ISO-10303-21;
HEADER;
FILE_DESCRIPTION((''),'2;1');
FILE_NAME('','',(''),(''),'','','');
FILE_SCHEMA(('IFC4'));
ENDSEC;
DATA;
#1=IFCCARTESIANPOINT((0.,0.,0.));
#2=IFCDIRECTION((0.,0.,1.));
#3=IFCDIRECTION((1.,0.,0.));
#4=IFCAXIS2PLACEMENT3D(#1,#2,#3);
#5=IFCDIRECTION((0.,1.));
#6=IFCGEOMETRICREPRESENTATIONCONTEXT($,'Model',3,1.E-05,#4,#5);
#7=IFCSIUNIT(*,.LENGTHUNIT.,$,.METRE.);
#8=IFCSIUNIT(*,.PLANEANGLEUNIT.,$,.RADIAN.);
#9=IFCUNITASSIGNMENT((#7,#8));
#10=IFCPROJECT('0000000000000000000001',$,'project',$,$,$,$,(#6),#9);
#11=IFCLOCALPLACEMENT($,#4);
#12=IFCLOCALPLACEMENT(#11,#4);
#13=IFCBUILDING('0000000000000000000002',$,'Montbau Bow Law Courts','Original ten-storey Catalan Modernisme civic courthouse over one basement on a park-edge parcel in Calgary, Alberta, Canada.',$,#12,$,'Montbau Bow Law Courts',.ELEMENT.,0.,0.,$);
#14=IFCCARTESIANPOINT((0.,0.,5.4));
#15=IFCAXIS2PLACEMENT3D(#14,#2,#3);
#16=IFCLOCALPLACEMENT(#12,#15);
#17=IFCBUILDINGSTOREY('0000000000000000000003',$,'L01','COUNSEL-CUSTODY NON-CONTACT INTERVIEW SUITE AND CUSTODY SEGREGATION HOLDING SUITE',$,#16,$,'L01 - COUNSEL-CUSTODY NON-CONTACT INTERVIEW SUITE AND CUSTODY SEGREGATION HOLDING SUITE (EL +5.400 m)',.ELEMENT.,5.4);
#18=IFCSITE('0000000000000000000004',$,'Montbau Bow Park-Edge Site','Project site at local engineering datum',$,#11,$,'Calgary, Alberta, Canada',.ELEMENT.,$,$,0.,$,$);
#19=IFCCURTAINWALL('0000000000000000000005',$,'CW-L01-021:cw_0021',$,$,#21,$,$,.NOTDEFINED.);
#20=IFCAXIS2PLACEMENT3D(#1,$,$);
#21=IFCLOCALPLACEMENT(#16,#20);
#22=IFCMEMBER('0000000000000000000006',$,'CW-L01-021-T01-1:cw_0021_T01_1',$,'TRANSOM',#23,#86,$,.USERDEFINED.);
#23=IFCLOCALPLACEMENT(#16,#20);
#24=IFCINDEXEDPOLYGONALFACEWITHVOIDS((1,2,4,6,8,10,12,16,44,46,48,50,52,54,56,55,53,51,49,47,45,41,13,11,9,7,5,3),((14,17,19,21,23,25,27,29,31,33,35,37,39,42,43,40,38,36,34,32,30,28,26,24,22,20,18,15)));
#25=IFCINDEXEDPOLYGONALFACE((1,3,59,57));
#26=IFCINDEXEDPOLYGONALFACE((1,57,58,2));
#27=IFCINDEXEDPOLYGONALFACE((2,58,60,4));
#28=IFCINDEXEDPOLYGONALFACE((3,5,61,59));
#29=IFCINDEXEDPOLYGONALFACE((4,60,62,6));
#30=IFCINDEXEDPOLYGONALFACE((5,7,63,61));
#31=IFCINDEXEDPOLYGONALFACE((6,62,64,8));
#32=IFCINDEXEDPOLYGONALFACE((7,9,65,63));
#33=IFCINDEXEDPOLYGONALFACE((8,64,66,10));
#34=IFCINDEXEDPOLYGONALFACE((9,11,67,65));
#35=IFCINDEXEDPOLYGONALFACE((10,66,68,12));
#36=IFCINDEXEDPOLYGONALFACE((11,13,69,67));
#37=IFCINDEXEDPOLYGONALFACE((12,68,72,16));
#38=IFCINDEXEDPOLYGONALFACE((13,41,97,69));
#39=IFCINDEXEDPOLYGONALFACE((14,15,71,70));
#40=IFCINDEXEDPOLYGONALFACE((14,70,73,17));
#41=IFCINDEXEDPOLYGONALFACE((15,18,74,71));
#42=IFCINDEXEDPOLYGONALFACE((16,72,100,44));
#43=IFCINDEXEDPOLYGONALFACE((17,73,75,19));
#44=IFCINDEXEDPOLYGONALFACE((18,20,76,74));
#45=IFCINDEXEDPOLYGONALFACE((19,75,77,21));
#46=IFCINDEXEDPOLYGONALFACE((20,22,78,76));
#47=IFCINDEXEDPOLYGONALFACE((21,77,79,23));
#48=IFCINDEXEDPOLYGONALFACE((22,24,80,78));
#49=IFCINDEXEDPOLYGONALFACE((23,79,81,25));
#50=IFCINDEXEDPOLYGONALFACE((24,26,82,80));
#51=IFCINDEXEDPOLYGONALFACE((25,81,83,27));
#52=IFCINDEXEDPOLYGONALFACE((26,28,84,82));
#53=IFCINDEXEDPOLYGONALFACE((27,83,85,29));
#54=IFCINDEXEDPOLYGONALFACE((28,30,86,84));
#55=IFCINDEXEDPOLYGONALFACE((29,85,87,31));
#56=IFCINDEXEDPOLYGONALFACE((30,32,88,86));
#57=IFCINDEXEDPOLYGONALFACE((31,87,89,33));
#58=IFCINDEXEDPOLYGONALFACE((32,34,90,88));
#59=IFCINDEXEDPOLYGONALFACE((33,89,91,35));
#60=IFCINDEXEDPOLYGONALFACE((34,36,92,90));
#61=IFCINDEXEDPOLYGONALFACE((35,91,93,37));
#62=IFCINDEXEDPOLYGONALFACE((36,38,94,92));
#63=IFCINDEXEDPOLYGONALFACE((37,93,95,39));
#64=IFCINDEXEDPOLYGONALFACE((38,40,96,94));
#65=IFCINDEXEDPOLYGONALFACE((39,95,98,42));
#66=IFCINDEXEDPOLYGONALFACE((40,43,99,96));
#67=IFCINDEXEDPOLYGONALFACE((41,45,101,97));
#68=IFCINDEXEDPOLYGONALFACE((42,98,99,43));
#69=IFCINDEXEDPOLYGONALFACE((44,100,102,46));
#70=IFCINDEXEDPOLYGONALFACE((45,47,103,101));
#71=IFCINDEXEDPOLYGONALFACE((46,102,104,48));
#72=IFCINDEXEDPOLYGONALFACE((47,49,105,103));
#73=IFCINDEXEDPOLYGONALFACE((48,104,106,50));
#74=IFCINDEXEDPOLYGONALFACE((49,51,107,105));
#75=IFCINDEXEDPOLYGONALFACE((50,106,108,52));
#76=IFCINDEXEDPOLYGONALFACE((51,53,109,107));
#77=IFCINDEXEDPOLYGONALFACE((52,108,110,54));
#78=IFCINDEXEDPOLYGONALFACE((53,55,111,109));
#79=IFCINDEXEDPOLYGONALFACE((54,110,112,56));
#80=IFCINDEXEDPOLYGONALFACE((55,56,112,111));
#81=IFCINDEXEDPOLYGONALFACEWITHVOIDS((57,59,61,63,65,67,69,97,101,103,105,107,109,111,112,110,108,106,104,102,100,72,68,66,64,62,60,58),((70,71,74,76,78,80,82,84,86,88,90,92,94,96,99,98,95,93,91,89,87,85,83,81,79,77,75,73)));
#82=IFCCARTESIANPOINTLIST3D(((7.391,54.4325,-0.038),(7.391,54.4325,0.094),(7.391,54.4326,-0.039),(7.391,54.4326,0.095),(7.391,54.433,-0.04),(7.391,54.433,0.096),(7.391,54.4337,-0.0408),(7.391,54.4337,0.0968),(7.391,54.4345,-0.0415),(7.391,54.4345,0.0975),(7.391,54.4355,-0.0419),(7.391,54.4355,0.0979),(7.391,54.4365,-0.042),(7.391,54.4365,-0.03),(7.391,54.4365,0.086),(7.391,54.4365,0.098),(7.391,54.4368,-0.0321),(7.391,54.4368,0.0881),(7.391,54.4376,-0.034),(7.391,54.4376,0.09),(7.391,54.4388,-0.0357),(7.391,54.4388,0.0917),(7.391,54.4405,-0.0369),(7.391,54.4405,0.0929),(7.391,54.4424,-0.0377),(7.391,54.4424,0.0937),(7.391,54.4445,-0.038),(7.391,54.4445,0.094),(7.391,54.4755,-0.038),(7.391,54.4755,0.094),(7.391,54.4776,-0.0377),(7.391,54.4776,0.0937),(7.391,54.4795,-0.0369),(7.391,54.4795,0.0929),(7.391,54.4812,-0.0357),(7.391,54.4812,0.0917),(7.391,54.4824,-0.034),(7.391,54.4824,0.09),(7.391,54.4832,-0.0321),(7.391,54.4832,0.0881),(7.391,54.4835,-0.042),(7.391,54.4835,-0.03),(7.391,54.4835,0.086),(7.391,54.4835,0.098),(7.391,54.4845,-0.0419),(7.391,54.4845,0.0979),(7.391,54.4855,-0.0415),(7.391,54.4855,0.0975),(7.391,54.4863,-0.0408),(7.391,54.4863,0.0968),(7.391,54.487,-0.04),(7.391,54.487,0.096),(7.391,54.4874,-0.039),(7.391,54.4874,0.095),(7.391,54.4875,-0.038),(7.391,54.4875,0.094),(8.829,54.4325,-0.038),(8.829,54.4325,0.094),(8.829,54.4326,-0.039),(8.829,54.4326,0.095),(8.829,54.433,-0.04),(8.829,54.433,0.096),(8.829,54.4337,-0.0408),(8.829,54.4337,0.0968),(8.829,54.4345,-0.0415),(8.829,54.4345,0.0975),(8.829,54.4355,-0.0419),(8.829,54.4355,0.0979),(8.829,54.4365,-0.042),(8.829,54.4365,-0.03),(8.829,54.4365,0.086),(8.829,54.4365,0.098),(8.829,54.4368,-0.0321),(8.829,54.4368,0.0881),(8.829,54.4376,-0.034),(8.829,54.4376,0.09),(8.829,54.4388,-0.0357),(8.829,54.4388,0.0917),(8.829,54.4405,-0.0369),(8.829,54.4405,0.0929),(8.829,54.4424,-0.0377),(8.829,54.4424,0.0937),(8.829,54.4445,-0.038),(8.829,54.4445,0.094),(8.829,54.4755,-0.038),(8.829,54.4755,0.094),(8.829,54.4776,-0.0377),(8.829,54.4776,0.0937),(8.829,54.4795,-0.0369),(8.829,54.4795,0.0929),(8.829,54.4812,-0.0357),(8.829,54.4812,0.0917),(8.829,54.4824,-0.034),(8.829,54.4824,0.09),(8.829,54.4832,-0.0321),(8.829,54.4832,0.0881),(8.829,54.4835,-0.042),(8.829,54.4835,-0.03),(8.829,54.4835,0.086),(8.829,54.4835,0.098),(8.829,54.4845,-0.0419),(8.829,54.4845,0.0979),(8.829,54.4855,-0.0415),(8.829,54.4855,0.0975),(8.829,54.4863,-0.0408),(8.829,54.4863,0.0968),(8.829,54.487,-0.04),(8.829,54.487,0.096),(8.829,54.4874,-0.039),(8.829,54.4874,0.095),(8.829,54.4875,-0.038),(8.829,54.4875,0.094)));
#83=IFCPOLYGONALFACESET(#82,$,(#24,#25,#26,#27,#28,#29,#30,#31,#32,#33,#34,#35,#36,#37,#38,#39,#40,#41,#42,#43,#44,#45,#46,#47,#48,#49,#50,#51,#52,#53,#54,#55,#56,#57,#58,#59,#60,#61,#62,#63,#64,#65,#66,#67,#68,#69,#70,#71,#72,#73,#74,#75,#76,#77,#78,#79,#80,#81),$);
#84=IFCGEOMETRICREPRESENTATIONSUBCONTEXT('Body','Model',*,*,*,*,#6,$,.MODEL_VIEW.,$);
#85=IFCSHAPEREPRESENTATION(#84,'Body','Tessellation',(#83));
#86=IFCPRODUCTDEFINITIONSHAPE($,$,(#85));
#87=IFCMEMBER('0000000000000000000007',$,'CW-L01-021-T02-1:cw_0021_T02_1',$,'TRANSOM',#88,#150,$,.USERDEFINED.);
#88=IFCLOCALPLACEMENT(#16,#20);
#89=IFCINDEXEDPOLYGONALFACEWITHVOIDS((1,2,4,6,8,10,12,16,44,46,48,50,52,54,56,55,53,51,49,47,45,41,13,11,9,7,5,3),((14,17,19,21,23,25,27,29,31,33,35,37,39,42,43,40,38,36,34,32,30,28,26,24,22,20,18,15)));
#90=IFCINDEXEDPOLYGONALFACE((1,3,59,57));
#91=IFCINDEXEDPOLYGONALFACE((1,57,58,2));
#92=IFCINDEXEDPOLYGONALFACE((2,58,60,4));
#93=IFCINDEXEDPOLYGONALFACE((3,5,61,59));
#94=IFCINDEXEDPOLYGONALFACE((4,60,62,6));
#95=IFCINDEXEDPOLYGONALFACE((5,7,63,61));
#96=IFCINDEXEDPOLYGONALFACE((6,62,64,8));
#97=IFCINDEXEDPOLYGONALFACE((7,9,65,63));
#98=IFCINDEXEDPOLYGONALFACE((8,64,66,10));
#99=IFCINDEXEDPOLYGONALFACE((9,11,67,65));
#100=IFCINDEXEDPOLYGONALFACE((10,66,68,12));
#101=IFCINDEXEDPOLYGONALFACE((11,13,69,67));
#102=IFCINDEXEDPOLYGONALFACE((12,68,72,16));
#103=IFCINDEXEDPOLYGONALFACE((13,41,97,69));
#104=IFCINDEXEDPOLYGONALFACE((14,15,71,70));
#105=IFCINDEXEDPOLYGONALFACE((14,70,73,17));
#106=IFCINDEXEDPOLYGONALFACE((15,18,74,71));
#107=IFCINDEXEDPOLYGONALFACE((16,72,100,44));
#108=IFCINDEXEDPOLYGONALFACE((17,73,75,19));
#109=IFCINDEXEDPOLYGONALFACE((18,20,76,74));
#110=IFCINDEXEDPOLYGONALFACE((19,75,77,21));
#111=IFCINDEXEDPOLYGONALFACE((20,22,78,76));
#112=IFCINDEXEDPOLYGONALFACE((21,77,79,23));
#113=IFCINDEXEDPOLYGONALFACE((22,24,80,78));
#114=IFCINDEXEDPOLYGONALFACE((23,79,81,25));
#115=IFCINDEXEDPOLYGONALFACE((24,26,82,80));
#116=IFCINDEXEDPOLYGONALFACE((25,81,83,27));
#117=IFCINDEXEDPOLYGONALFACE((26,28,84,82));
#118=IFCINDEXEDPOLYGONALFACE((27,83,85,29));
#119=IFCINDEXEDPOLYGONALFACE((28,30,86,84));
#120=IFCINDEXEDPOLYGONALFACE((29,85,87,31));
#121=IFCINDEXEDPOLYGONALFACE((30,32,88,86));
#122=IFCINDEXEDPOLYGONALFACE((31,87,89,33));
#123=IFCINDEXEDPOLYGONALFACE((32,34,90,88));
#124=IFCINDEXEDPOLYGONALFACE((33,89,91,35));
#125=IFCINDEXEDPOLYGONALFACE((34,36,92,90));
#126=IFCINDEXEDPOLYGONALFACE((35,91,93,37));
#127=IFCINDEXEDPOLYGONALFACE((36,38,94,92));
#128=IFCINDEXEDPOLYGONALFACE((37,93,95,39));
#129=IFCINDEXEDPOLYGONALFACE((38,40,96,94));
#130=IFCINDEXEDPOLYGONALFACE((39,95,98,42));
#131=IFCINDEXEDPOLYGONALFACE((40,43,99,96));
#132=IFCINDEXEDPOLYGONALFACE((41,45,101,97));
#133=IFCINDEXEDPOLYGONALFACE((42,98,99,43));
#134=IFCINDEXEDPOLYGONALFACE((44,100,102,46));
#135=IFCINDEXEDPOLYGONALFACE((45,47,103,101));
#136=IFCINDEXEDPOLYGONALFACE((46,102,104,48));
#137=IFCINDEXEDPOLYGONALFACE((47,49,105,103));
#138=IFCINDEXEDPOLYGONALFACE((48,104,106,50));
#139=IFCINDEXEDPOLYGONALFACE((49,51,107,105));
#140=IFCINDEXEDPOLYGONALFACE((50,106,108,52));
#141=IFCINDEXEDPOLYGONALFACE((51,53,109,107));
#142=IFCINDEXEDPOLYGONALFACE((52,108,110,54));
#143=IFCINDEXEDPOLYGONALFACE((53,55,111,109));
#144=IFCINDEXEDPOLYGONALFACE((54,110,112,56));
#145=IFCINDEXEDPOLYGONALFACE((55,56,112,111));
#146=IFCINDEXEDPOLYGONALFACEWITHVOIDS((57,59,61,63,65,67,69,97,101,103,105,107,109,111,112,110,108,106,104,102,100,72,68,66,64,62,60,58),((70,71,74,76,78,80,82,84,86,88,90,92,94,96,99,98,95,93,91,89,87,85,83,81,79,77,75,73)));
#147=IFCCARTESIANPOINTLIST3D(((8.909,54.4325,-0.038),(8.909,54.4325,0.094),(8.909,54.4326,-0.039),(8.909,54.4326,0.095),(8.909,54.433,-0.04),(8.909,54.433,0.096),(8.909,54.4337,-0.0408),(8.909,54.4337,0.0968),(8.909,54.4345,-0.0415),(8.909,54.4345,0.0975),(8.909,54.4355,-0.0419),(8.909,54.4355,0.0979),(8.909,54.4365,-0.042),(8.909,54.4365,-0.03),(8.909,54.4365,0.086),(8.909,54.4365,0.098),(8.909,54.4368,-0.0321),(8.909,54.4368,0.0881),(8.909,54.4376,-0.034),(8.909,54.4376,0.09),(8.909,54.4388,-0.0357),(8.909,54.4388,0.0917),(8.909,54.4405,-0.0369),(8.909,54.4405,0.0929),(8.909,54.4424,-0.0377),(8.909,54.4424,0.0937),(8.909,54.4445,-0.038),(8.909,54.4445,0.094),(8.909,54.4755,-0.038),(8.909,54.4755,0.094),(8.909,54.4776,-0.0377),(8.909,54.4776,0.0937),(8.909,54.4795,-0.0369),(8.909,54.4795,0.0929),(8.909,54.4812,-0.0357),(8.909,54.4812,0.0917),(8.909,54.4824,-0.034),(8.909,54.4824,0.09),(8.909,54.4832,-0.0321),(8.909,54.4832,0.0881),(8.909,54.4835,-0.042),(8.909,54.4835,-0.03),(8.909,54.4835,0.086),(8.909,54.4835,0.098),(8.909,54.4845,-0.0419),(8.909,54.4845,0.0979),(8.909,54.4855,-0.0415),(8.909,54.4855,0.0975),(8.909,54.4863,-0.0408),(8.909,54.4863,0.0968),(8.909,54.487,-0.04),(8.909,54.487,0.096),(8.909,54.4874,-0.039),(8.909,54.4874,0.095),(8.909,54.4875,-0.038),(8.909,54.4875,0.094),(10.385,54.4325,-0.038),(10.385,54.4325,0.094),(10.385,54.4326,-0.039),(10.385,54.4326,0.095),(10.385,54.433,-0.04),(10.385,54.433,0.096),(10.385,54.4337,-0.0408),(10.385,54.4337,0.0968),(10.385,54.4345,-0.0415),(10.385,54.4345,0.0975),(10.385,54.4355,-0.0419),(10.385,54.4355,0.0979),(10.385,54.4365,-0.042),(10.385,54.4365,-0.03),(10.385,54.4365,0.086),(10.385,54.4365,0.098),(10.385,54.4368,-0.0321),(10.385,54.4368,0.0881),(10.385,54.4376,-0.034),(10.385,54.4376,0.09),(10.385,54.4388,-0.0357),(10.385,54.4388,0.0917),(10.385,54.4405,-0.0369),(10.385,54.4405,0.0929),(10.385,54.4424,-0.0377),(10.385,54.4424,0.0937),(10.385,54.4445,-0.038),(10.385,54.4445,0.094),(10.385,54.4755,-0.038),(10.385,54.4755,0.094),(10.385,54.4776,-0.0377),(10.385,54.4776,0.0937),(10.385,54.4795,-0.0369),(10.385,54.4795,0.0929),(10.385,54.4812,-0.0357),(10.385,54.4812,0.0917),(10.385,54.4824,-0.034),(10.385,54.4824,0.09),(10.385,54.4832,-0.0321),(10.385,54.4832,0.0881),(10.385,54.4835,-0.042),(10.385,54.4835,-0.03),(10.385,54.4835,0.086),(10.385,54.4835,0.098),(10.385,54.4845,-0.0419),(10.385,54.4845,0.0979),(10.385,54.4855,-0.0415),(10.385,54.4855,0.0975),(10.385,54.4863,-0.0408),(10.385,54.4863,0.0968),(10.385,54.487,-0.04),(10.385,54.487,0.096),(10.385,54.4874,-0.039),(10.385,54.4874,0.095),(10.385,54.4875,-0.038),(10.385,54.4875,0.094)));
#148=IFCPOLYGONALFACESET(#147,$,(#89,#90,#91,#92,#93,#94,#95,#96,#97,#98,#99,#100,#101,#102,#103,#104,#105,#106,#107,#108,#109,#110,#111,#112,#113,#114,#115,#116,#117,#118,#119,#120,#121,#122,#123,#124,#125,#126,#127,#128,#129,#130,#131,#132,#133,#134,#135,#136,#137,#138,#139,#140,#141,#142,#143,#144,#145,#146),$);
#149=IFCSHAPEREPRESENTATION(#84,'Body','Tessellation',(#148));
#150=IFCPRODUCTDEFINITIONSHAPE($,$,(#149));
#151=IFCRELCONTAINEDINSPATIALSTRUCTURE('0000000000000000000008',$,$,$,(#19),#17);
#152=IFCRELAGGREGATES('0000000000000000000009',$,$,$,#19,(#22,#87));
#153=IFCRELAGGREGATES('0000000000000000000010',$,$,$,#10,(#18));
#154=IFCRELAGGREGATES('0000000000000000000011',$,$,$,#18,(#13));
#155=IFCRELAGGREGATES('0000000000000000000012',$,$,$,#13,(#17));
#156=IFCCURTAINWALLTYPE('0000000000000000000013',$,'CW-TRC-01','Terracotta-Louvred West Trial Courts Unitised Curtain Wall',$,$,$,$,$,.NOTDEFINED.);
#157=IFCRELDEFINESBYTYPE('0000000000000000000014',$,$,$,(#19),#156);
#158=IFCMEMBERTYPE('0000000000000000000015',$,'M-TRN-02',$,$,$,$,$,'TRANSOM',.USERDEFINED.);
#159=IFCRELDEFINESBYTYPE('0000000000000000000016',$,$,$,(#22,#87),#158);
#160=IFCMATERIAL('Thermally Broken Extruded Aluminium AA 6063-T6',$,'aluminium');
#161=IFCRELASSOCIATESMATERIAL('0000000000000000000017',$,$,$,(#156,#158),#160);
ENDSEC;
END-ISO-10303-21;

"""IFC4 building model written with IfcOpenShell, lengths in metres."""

from ifc_helpers import new_model, si_unit, direction, frame, origin_with_axes, origin_2d_with_axis, place, context, subcontext, project, spatial, hollow_rectangle, extrude, material, material_profile, profile_set, type_object, element, aggregate, save


model = new_model("IFC4")

# Units and contexts
model_context = context("Model", 3, precision=1e-05, world=origin_with_axes(), true_north=direction((0.0, 1.0)))
body_context = subcontext(model_context, "Body", "Model", "MODEL_VIEW")
ifc_project = project(units=[si_unit("LENGTHUNIT", "METRE"), si_unit("PLANEANGLEUNIT", "RADIAN")], contexts=[model_context])

# Site, building, storey
site_placement = place(None, origin_with_axes())
site = spatial("IfcSite", under=ifc_project, at=site_placement, Name="Montbau Bow Park-Edge Site", Description="Project site at local engineering datum", LongName="Calgary, Alberta, Canada", CompositionType="ELEMENT", RefElevation=0.0)
building_placement = place(site_placement, origin_with_axes())
building = spatial("IfcBuilding", under=site, at=building_placement, Name="Montbau Bow Law Courts", Description="Original ten-storey Catalan Modernisme civic courthouse over one basement on a park-edge parcel in Calgary, Alberta, Canada.", LongName="Montbau Bow Law Courts", CompositionType="ELEMENT", ElevationOfRefHeight=0.0, ElevationOfTerrain=0.0)
storey_placement = place(building_placement, frame((0.0, 0.0, 5.4), z_axis=(0.0, 0.0, 1.0), x_axis=(1.0, 0.0, 0.0)))
storey = spatial("IfcBuildingStorey", under=building, at=storey_placement, Name="L01", Description="COUNSEL-CUSTODY NON-CONTACT INTERVIEW SUITE AND CUSTODY SEGREGATION HOLDING SUITE", LongName="L01 - COUNSEL-CUSTODY NON-CONTACT INTERVIEW SUITE AND CUSTODY SEGREGATION HOLDING SUITE (EL +5.400 m)", CompositionType="ELEMENT", Elevation=5.4)

# Curtain wall
ifc_material_1 = material(Name="Thermally Broken Extruded Aluminium AA 6063-T6", Category="aluminium")
curtain_wall_type = type_object("IfcCurtainWallType", Name="CW-TRC-01", Description="Terracotta-Louvred West Trial Courts Unitised Curtain Wall", PredefinedType="NOTDEFINED", material=ifc_material_1)
curtain_wall_1_placement = place(None, frame((7.315, 54.46, 5.4), z_axis=(0.0, 0.0, 1.0), x_axis=(1.0, 0.0, 0.0)))
curtain_wall_1 = element("IfcCurtainWall", 1, at=curtain_wall_1_placement, inside=storey, type_object=curtain_wall_type, Name="CW-L01-021:cw_0021", PredefinedType="NOTDEFINED")

# Members
ifc_material_profile_1 = material_profile(ifc_material_1, hollow_rectangle(XDim=0.055, YDim=0.14, WallThickness=0.004, InnerFilletRadius=0.008, OuterFilletRadius=0.004, at=origin_2d_with_axis()), Name="CWT-140X55", Category="Main", Priority=0)
ifc_profile_set_1 = profile_set([ifc_material_profile_1], Name="Thermally Broken Extruded Aluminium AA 6063-T6")
member_type_1 = type_object("IfcMemberType", Name="M-TRN-02", ElementType="TRANSOM", PredefinedType="USERDEFINED", material=ifc_profile_set_1)
member_1_placement = place(None, frame((7.391, 54.46, 5.428), z_axis=(1.0, 0.0, 0.0), x_axis=(0.0, 1.0, 0.0)))
member_1 = element("IfcMember", 2, at=member_1_placement, type_object=member_type_1, Name="CW-L01-021-T01-1:cw_0021_T01_1", ObjectType="TRANSOM", PredefinedType="USERDEFINED", context=body_context, shape_type="SweptSolid", body=[
    extrude(hollow_rectangle(XDim=0.055, YDim=0.14, WallThickness=0.004, InnerFilletRadius=0.008, OuterFilletRadius=0.004, at=origin_2d_with_axis()), origin_with_axes(), (0.0, 0.0, 1.0), 1.438),
])
member_2_placement = place(None, frame((8.909, 54.46, 5.428), z_axis=(1.0, 0.0, 0.0), x_axis=(0.0, 1.0, 0.0)))
member_2 = element("IfcMember", 3, at=member_2_placement, type_object=member_type_1, Name="CW-L01-021-T02-1:cw_0021_T02_1", ObjectType="TRANSOM", PredefinedType="USERDEFINED", context=body_context, shape_type="SweptSolid", body=[
    extrude(hollow_rectangle(XDim=0.055, YDim=0.14, WallThickness=0.004, InnerFilletRadius=0.008, OuterFilletRadius=0.004, at=origin_2d_with_axis()), origin_with_axes(), (0.0, 0.0, 1.0), 1.476),
])

aggregate(curtain_wall_1, [member_1, member_2])

save(model, "model.ifc")
